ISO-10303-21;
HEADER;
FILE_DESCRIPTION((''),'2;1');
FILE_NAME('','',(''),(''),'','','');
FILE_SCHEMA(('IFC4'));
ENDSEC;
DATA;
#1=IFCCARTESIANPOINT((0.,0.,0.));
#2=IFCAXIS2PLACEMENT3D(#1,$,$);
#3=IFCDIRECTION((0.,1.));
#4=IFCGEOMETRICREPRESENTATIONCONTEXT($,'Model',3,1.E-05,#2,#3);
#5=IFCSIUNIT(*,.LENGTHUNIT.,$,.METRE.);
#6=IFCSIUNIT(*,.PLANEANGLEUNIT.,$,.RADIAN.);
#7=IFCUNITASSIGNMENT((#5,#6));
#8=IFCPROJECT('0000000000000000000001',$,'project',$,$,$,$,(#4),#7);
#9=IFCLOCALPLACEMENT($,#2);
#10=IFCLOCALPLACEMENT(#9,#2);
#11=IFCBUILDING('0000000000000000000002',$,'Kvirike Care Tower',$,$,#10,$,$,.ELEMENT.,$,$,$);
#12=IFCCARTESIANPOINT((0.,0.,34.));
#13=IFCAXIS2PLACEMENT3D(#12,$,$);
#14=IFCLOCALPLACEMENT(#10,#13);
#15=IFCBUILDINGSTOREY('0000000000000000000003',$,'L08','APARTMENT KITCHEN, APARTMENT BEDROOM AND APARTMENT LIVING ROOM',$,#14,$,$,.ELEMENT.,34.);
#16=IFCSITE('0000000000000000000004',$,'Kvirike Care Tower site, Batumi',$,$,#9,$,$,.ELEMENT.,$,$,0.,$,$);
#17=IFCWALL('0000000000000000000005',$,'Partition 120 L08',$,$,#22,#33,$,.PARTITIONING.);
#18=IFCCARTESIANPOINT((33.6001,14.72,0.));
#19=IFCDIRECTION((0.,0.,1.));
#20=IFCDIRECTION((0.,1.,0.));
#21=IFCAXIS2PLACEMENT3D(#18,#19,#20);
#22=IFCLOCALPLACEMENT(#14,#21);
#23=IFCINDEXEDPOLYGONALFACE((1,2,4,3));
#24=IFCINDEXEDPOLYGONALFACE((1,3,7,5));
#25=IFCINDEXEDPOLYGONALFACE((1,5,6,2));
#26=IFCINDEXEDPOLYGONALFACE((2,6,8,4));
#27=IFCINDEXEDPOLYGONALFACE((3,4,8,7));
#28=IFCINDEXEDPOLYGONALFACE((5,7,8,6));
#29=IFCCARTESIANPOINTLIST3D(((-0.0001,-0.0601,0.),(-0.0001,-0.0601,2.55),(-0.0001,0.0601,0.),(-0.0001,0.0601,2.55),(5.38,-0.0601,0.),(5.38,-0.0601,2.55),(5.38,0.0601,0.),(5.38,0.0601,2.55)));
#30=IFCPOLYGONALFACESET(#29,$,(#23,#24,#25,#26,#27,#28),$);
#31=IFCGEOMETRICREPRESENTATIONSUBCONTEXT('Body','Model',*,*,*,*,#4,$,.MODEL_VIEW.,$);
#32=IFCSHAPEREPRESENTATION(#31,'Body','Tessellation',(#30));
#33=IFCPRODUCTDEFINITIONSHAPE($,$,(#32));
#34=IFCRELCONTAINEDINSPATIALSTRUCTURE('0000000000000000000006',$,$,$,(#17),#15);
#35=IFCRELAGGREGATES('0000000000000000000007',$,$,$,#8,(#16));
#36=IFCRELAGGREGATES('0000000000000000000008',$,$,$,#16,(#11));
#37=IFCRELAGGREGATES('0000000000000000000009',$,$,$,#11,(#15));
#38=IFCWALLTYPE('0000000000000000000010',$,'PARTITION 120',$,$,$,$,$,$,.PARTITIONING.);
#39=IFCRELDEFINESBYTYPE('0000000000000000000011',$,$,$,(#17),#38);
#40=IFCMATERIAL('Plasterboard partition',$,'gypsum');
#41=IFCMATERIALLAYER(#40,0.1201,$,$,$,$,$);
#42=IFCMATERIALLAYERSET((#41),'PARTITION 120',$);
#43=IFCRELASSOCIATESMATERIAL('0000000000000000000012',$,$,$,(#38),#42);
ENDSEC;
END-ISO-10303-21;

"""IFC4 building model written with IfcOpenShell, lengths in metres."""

from ifc_helpers import new_model, si_unit, direction, frame, frame_2d, origin, place, context, subcontext, project, spatial, rectangle, extrude, material, layer, layer_set, type_object, element, save


model = new_model("IFC4")

# Units and contexts
model_context = context("Model", 3, precision=1e-05, world=origin(), true_north=direction((0.0, 1.0)))
body_context = subcontext(model_context, "Body", "Model", "MODEL_VIEW")
ifc_project = project(units=[si_unit("LENGTHUNIT", "METRE"), si_unit("PLANEANGLEUNIT", "RADIAN")], contexts=[model_context])

# Site, building, storey
site_placement = place(None, origin())
site = spatial("IfcSite", under=ifc_project, at=site_placement, Name="Kvirike Care Tower site, Batumi", CompositionType="ELEMENT", RefElevation=0.0)
building_placement = place(site_placement, origin())
building = spatial("IfcBuilding", under=site, at=building_placement, Name="Kvirike Care Tower", CompositionType="ELEMENT")
storey_placement = place(building_placement, frame((0.0, 0.0, 34.0)))
storey = spatial("IfcBuildingStorey", under=building, at=storey_placement, Name="L08", Description="APARTMENT KITCHEN, APARTMENT BEDROOM AND APARTMENT LIVING ROOM", CompositionType="ELEMENT", Elevation=34.0)

# Wall
ifc_material_1 = material(Name="Plasterboard partition", Category="gypsum")
ifc_layer_1 = layer(ifc_material_1, 0.1201)
ifc_layer_set_1 = layer_set([ifc_layer_1], Name="PARTITION 120")
wall_type_1 = type_object("IfcWallType", Name="PARTITION 120", PredefinedType="PARTITIONING", material=ifc_layer_set_1)
wall_1_placement = place(storey_placement, frame((33.6001, 14.72, 0.0), z_axis=(0.0, 0.0, 1.0), x_axis=(0.0, 1.0, 0.0)))
element("IfcWall", 1, at=wall_1_placement, inside=storey, type_object=wall_type_1, Name="Partition 120 L08", PredefinedType="PARTITIONING", context=body_context, shape_type="SweptSolid", body=[
    extrude(rectangle(XDim=5.3801, YDim=0.1201, at=frame_2d((2.6899, 0.0))), origin(), (0.0, 0.0, 1.0), 2.55),
])

save(model, "model.ifc")
